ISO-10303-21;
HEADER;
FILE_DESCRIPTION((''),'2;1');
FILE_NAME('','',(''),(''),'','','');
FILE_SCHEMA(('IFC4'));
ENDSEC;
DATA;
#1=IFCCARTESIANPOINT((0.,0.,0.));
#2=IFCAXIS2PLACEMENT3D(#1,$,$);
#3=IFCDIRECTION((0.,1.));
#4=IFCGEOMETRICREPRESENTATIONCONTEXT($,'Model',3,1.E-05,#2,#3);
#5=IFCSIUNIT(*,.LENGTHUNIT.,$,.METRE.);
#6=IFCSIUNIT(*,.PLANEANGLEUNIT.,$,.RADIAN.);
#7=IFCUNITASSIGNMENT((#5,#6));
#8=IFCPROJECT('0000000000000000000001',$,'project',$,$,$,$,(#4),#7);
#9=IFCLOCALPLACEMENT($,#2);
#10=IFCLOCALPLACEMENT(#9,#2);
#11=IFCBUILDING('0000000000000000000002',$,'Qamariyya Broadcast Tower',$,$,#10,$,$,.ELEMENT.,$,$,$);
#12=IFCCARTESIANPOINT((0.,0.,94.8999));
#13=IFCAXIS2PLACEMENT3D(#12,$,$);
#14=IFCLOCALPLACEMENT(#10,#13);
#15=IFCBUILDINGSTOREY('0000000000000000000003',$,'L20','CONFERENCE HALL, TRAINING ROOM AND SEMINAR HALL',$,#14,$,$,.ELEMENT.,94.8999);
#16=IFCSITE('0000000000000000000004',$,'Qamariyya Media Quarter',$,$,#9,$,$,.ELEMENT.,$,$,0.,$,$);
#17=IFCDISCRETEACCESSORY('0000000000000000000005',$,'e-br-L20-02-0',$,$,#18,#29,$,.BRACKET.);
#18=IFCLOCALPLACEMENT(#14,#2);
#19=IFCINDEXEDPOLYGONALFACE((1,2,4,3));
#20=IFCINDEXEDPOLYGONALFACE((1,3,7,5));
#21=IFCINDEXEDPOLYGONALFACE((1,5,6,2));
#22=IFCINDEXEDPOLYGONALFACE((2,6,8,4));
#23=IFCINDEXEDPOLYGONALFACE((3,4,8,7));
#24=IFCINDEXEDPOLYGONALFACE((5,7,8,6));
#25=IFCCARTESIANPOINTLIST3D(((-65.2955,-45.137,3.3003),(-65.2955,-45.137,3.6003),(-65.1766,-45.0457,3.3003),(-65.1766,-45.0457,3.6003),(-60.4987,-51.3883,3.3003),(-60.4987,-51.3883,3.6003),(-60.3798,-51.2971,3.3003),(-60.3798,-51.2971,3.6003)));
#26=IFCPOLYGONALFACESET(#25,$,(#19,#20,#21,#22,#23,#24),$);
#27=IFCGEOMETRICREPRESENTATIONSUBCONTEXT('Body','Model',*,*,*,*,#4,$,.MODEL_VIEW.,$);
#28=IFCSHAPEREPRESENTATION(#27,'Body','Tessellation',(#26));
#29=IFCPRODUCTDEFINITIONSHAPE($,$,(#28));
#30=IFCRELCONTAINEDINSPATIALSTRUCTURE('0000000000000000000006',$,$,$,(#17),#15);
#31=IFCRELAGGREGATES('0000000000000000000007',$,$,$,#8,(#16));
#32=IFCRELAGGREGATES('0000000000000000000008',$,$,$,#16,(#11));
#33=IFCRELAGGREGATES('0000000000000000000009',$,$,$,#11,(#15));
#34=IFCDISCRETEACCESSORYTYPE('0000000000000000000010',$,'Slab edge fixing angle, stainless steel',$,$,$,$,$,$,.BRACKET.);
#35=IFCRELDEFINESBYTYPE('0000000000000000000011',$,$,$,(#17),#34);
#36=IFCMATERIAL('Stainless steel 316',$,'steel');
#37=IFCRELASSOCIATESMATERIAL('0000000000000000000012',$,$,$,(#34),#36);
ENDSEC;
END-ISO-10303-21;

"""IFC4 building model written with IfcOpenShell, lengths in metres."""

from ifc_helpers import new_model, si_unit, direction, frame, origin, origin_2d, place, context, subcontext, project, spatial, rectangle, extrude, material, type_object, element, save


model = new_model("IFC4")

# Units and contexts
model_context = context("Model", 3, precision=1e-05, world=origin(), true_north=direction((0.0, 1.0)))
body_context = subcontext(model_context, "Body", "Model", "MODEL_VIEW")
ifc_project = project(units=[si_unit("LENGTHUNIT", "METRE"), si_unit("PLANEANGLEUNIT", "RADIAN")], contexts=[model_context])

# Site, building, storey
site_placement = place(None, origin())
site = spatial("IfcSite", under=ifc_project, at=site_placement, Name="Qamariyya Media Quarter", CompositionType="ELEMENT", RefElevation=0.0)
building_placement = place(site_placement, origin())
building = spatial("IfcBuilding", under=site, at=building_placement, Name="Qamariyya Broadcast Tower", CompositionType="ELEMENT")
storey_placement = place(building_placement, frame((0.0, 0.0, 94.8999)))
storey = spatial("IfcBuildingStorey", under=building, at=storey_placement, Name="L20", Description="CONFERENCE HALL, TRAINING ROOM AND SEMINAR HALL", CompositionType="ELEMENT", Elevation=94.8999)

# Discrete accessory
ifc_material_1 = material(Name="Stainless steel 316", Category="steel")
discrete_accessory_type = type_object("IfcDiscreteAccessoryType", Name="Slab edge fixing angle, stainless steel", PredefinedType="BRACKET", material=ifc_material_1)
for number, where, z_axis, x_axis, name in (
    (1, (-62.8376, -48.217, 3.3003), (0.0, 0.0, 1.0), (0.608761, -0.793353, 0.0), "e-br-L20-02-0"),
):
    element("IfcDiscreteAccessory", number, at=place(storey_placement, frame(where, z_axis=z_axis, x_axis=x_axis)), inside=storey, type_object=discrete_accessory_type, Name=name, PredefinedType="BRACKET", context=body_context, shape_type="SweptSolid", body=[
        extrude(rectangle(XDim=7.8796, YDim=0.1499, at=origin_2d()), origin(), (0.0, 0.0, 1.0), 0.3),
    ])

save(model, "model.ifc")
